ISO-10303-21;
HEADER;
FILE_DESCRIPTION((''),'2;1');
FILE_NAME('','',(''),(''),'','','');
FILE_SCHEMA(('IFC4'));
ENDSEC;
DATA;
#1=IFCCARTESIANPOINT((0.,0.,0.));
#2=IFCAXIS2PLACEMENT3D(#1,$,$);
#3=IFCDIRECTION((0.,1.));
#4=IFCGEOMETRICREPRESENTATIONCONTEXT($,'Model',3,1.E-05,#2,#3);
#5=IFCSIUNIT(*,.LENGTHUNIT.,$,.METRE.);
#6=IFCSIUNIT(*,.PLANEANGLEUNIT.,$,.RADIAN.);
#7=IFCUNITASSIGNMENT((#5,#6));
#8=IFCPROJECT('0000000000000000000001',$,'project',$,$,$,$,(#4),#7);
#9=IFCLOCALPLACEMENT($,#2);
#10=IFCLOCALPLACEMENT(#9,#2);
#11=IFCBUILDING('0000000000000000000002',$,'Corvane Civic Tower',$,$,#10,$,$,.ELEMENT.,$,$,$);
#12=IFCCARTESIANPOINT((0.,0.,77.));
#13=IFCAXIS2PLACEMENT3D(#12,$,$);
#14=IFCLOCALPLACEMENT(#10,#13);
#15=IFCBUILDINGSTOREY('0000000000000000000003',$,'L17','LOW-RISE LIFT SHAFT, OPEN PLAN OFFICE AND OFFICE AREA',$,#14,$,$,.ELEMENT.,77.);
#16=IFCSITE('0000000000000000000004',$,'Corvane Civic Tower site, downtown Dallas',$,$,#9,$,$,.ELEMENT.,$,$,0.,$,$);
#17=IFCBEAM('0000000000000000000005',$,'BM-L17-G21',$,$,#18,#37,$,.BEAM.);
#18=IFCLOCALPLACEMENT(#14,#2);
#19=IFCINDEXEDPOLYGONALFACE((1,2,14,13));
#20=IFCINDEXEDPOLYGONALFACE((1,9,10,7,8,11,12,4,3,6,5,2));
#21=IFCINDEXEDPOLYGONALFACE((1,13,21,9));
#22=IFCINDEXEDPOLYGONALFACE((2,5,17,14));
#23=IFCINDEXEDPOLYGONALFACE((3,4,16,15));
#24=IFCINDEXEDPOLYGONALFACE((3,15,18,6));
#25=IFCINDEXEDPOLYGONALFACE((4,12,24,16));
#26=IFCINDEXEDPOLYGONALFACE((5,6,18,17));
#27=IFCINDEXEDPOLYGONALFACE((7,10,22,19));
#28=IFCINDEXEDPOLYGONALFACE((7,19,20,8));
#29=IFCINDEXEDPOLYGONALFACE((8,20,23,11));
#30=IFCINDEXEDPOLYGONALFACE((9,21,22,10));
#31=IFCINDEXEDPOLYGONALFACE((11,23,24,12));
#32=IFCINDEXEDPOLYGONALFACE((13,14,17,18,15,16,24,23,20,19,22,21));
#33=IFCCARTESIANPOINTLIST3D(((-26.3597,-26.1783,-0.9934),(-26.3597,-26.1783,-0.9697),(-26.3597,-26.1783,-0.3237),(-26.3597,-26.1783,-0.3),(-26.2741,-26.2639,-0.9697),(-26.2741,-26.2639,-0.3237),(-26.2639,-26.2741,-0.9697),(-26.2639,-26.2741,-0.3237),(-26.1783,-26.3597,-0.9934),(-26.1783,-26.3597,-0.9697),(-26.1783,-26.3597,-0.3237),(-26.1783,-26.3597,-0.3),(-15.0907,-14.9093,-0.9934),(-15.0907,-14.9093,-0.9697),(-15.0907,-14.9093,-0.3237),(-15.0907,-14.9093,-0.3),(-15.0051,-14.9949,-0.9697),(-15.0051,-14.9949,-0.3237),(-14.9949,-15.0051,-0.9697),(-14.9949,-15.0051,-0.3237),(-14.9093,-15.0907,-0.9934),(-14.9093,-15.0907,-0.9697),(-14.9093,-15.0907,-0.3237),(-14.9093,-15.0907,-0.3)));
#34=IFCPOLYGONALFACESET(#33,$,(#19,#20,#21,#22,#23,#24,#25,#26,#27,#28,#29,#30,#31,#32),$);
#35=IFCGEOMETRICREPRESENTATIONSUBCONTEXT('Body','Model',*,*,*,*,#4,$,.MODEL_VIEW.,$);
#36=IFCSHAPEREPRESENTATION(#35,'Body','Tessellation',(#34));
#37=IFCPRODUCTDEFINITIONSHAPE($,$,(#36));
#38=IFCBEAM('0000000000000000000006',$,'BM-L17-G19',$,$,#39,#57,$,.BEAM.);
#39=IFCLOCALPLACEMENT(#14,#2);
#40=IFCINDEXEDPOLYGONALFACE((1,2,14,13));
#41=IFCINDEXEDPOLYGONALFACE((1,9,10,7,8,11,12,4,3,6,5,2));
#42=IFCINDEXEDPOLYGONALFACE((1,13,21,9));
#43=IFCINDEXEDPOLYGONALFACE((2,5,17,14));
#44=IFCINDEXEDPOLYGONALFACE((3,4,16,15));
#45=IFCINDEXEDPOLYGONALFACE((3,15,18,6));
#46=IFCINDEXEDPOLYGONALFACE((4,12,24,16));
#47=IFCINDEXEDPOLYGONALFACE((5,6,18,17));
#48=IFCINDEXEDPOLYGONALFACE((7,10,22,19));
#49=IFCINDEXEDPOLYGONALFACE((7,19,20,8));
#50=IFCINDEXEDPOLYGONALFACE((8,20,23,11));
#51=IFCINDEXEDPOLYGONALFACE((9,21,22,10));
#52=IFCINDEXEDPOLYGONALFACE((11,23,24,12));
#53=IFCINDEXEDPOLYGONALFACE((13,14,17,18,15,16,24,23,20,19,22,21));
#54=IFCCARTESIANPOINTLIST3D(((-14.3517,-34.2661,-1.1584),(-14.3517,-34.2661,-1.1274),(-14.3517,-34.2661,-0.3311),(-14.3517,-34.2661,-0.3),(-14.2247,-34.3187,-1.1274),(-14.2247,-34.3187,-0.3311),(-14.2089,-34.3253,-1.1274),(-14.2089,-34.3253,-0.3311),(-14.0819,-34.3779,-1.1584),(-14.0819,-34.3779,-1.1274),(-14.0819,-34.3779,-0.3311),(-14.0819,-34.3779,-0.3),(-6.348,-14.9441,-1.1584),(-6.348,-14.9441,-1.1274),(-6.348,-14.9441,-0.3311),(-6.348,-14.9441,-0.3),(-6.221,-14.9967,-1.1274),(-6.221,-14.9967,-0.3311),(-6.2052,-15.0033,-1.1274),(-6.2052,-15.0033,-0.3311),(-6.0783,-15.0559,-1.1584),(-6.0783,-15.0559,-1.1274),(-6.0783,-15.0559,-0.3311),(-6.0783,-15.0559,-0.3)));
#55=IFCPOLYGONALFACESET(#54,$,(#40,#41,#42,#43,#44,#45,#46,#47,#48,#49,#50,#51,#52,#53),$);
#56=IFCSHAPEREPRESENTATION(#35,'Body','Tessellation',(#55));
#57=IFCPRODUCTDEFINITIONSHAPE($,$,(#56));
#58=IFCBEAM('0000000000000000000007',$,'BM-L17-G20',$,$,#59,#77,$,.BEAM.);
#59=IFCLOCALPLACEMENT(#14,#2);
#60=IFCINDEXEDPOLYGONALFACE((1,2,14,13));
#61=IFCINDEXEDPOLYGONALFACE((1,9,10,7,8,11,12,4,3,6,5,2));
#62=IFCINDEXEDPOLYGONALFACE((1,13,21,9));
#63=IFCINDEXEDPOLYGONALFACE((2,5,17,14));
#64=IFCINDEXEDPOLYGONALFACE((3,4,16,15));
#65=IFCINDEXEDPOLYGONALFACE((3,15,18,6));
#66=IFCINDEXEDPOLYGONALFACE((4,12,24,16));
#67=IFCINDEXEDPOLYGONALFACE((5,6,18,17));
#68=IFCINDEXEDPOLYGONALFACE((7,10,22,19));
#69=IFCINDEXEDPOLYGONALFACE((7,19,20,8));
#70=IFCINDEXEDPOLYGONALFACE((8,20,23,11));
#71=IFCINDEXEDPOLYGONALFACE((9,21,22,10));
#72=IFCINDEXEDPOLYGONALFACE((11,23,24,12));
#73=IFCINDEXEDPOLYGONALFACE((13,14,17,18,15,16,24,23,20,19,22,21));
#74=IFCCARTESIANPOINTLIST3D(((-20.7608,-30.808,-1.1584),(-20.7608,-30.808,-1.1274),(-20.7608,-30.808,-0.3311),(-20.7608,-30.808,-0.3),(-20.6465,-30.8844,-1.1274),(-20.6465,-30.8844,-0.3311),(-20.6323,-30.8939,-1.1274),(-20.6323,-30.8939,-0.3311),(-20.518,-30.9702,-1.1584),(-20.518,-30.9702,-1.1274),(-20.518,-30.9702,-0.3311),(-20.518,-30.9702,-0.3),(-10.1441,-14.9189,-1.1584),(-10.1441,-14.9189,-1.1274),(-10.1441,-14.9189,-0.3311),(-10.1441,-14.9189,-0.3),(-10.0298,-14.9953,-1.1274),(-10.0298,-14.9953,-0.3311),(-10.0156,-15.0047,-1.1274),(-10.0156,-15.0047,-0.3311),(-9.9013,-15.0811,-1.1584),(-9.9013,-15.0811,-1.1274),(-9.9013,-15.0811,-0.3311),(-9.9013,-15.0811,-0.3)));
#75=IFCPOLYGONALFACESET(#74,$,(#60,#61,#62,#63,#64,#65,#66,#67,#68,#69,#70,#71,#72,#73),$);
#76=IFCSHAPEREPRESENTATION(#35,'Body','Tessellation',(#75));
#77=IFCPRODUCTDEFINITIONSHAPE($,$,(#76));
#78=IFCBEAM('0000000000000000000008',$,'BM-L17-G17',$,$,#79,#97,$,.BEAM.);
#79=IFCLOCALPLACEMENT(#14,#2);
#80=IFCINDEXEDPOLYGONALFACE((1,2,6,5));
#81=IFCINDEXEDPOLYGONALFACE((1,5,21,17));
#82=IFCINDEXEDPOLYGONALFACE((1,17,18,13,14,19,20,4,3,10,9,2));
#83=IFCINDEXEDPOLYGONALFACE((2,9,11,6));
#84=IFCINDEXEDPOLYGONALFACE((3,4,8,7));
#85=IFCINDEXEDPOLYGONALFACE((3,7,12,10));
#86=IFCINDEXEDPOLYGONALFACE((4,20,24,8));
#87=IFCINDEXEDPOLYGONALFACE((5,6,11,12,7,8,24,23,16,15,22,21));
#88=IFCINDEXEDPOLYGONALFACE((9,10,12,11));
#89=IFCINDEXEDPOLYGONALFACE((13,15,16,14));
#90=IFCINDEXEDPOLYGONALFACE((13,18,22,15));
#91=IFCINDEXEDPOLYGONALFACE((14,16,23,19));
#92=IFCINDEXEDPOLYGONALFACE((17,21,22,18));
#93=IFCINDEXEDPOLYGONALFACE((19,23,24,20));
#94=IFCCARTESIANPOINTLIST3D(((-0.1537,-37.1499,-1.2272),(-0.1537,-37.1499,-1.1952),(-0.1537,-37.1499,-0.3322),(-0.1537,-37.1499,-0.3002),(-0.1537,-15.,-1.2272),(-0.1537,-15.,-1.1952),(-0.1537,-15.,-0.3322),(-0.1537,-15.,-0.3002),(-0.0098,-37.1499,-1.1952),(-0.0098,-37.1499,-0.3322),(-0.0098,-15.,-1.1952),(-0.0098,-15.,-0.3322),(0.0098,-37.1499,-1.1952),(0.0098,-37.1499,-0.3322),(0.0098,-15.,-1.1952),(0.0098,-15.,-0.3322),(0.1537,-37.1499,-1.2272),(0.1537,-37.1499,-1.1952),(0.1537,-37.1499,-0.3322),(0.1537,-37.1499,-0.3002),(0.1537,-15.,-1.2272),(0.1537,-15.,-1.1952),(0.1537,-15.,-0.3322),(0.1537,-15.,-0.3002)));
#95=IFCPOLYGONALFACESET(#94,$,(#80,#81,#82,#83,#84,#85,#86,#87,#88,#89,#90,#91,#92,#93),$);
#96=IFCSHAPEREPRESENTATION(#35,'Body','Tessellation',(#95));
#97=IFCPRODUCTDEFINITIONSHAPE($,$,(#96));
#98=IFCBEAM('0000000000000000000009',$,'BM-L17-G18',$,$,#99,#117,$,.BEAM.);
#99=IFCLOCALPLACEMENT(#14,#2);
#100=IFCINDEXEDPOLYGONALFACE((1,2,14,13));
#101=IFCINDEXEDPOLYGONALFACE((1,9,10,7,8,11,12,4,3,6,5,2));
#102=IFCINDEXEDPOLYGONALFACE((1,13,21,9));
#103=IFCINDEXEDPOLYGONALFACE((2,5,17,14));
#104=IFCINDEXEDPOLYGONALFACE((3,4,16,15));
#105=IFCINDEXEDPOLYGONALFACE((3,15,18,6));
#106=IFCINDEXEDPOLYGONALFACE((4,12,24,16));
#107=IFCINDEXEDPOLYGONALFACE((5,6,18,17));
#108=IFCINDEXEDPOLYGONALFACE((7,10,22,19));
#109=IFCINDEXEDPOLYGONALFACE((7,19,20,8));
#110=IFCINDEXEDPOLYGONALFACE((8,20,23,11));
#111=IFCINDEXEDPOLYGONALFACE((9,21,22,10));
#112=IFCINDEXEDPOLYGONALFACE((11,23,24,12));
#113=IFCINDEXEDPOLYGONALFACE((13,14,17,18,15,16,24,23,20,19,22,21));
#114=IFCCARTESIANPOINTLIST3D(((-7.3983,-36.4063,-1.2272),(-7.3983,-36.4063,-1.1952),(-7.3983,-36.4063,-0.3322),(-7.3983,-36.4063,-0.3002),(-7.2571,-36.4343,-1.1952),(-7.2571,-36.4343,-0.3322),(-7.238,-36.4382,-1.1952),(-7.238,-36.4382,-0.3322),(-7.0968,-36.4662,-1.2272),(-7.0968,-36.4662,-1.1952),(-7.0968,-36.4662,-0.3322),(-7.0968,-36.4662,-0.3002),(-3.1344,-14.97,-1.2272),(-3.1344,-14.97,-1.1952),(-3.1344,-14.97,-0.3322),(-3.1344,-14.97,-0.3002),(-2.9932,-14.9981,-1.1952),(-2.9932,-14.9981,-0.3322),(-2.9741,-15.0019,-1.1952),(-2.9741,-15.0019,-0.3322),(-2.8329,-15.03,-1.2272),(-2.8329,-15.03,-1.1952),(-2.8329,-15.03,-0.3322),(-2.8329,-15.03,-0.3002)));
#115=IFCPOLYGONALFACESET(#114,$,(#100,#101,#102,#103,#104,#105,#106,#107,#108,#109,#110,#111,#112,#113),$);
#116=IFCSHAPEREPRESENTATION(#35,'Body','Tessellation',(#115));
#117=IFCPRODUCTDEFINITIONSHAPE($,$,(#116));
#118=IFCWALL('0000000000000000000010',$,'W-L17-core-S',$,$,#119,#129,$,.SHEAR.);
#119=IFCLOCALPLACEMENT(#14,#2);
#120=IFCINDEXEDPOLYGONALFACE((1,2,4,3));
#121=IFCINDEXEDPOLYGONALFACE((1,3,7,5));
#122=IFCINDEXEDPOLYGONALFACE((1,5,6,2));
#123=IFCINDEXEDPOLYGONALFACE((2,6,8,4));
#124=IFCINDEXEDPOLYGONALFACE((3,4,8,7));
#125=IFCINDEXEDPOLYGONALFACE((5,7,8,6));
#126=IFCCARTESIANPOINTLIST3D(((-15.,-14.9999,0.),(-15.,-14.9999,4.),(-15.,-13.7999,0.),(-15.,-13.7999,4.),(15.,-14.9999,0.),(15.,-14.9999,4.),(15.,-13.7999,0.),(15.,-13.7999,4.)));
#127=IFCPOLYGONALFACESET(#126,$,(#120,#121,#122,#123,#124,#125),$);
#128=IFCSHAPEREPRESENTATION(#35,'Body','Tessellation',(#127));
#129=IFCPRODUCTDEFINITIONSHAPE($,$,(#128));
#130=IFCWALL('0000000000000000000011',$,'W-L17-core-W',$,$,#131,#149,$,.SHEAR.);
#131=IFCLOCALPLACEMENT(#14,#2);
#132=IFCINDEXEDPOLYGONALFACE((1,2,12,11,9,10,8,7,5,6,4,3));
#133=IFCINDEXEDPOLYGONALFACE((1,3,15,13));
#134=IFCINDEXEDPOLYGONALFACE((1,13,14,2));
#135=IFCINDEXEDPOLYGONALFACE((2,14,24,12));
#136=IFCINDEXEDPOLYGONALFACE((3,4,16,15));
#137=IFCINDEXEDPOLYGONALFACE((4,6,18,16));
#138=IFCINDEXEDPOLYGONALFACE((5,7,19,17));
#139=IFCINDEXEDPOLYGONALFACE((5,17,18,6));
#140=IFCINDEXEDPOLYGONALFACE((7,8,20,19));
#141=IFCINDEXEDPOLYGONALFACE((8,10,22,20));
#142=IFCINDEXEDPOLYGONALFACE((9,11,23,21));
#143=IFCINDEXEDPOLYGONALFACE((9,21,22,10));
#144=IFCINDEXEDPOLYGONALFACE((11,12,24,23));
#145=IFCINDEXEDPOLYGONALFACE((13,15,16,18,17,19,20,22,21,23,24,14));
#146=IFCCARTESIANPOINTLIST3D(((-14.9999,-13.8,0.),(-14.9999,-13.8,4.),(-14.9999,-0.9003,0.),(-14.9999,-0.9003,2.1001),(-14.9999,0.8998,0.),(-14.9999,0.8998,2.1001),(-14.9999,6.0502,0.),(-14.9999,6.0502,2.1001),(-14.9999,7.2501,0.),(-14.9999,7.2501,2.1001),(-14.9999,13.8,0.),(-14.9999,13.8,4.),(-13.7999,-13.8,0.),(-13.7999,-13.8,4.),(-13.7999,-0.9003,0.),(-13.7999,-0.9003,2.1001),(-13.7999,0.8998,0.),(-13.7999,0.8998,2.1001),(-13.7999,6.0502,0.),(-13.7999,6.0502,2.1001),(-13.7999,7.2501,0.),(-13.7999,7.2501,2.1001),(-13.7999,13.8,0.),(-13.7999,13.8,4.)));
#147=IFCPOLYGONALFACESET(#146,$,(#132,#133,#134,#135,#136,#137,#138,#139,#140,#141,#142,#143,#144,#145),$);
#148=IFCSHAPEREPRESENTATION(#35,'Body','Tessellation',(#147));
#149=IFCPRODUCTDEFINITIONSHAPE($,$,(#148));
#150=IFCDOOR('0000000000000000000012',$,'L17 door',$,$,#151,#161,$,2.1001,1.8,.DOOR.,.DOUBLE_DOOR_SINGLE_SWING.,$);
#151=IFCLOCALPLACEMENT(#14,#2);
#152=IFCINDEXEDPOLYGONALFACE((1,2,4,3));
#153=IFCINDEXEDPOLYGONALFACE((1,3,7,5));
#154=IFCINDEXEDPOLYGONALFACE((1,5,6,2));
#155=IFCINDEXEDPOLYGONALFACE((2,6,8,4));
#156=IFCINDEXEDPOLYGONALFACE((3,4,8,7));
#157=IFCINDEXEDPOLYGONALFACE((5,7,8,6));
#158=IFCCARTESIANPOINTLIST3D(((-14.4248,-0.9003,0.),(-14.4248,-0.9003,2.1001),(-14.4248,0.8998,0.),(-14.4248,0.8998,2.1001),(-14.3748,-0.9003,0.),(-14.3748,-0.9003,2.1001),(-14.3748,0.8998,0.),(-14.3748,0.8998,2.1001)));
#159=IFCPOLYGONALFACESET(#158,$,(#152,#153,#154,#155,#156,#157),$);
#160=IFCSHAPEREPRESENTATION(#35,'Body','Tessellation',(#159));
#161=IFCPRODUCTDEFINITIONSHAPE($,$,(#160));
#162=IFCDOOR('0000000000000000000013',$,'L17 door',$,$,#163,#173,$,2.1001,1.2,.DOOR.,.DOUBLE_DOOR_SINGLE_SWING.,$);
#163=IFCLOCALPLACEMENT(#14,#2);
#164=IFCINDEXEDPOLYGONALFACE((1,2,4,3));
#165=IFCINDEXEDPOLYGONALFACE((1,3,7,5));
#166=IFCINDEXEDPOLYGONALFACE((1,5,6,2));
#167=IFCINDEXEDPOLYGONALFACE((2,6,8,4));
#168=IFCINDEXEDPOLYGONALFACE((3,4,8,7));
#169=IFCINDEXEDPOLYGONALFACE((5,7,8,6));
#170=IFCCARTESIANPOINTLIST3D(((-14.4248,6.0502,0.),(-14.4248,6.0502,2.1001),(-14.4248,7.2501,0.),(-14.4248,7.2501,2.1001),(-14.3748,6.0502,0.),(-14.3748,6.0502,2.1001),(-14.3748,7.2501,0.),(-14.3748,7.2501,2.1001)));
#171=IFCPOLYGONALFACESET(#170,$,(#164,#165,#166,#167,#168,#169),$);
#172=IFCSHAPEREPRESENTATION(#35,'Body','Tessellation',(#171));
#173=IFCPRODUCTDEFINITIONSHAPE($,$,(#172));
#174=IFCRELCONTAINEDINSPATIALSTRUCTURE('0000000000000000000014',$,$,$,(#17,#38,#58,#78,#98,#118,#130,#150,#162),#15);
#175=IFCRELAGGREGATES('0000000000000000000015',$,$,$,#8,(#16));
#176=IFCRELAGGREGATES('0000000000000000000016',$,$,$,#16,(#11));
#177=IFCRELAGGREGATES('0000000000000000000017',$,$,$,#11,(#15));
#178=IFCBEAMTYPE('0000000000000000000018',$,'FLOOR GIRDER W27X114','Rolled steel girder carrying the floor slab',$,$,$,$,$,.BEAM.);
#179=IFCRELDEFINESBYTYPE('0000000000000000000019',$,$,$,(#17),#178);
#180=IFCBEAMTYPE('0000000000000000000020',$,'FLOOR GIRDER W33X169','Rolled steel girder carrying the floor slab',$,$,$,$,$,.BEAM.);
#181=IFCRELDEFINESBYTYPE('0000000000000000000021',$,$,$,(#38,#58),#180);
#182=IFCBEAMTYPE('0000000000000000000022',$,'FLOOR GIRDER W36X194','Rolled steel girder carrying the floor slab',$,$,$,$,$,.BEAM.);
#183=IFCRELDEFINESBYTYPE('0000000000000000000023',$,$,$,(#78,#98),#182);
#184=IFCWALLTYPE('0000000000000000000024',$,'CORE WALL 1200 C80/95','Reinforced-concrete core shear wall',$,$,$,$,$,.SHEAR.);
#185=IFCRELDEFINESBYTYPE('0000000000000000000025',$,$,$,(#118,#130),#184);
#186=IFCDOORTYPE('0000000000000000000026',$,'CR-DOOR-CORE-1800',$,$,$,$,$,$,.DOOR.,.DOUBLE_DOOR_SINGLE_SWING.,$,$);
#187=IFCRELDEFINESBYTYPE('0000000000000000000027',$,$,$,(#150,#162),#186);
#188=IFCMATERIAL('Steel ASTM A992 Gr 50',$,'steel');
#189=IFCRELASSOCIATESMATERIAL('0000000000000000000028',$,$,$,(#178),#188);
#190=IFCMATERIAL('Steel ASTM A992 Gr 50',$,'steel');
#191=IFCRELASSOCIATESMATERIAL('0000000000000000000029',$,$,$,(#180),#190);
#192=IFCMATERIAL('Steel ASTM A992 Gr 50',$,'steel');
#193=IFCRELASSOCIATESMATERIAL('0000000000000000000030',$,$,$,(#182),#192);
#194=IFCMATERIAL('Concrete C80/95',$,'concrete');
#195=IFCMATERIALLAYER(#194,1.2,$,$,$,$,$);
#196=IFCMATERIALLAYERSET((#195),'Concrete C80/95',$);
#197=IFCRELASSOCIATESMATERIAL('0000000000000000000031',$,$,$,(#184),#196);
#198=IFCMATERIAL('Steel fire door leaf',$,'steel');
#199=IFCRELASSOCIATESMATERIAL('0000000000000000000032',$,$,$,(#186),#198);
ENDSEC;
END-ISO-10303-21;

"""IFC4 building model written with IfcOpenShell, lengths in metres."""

from ifc_helpers import new_model, si_unit, direction, frame, frame_2d, origin, origin_2d, place, context, subcontext, project, spatial, rectangle, i_section, extrude, material, layer, layer_set, material_profile, profile_set, type_object, element, fill, save


model = new_model("IFC4")

# Units and contexts
model_context = context("Model", 3, precision=1e-05, world=origin(), true_north=direction((0.0, 1.0)))
body_context = subcontext(model_context, "Body", "Model", "MODEL_VIEW")
ifc_project = project(units=[si_unit("LENGTHUNIT", "METRE"), si_unit("PLANEANGLEUNIT", "RADIAN")], contexts=[model_context])

# Site, building, storey
site_placement = place(None, origin())
site = spatial("IfcSite", under=ifc_project, at=site_placement, Name="Corvane Civic Tower site, downtown Dallas", CompositionType="ELEMENT", RefElevation=0.0)
building_placement = place(site_placement, origin())
building = spatial("IfcBuilding", under=site, at=building_placement, Name="Corvane Civic Tower", CompositionType="ELEMENT")
storey_placement = place(building_placement, frame((0.0, 0.0, 77.0)))
storey = spatial("IfcBuildingStorey", under=building, at=storey_placement, Name="L17", Description="LOW-RISE LIFT SHAFT, OPEN PLAN OFFICE AND OFFICE AREA", CompositionType="ELEMENT", Elevation=77.0)

# Beams
ifc_material_1 = material(Name="Steel ASTM A992 Gr 50", Category="steel")
ifc_material_profile_1 = material_profile(ifc_material_1, i_section(OverallWidth=0.2566, OverallDepth=0.6934, WebThickness=0.0144, FlangeThickness=0.0237, at=origin_2d()), Name="W27X114")
ifc_profile_set_1 = profile_set([ifc_material_profile_1], Name="Steel ASTM A992 Gr 50")
beam_type_1 = type_object("IfcBeamType", Name="FLOOR GIRDER W27X114", Description="Rolled steel girder carrying the floor slab", PredefinedType="BEAM", material=ifc_profile_set_1)
beam_1_placement = place(storey_placement, frame((-15.0, -15.0, -0.6467), z_axis=(-0.707107, -0.707107, 0.0), x_axis=(0.707107, -0.707107, 0.0)))
element("IfcBeam", 1, at=beam_1_placement, inside=storey, type_object=beam_type_1, Name="BM-L17-G21", PredefinedType="BEAM", context=body_context, shape_type="SweptSolid", body=[
    extrude(i_section(OverallWidth=0.2566, OverallDepth=0.6934, WebThickness=0.0144, FlangeThickness=0.0237, at=origin_2d()), origin(), (0.0, 0.0, 1.0), 15.9368),
])
ifc_material_2 = material(Name="Steel ASTM A992 Gr 50", Category="steel")
ifc_material_profile_2 = material_profile(ifc_material_2, i_section(OverallWidth=0.292, OverallDepth=0.8584, WebThickness=0.0171, FlangeThickness=0.031, at=origin_2d()), Name="W33X169")
ifc_profile_set_2 = profile_set([ifc_material_profile_2], Name="Steel ASTM A992 Gr 50")
beam_type_2 = type_object("IfcBeamType", Name="FLOOR GIRDER W33X169", Description="Rolled steel girder carrying the floor slab", PredefinedType="BEAM", material=ifc_profile_set_2)
beam_2_placement = place(storey_placement, frame((-6.2131, -15.0, -0.7292), z_axis=(-0.382692, -0.923876, 0.0), x_axis=(0.923876, -0.382692, 0.0)))
element("IfcBeam", 2, at=beam_2_placement, inside=storey, type_object=beam_type_2, Name="BM-L17-G19", PredefinedType="BEAM", context=body_context, shape_type="SweptSolid", body=[
    extrude(i_section(OverallWidth=0.292, OverallDepth=0.8584, WebThickness=0.0171, FlangeThickness=0.031, at=origin_2d()), origin(), (0.0, 0.0, 1.0), 20.9141),
])
beam_3_placement = place(storey_placement, frame((-10.0227, -15.0, -0.7292), z_axis=(-0.555567, -0.831472, 0.0), x_axis=(0.831472, -0.555567, 0.0)))
element("IfcBeam", 3, at=beam_3_placement, inside=storey, type_object=beam_type_2, Name="BM-L17-G20", PredefinedType="BEAM", context=body_context, shape_type="SweptSolid", body=[
    extrude(i_section(OverallWidth=0.292, OverallDepth=0.8584, WebThickness=0.0171, FlangeThickness=0.031, at=origin_2d()), origin(), (0.0, 0.0, 1.0), 19.1096),
])
ifc_material_3 = material(Name="Steel ASTM A992 Gr 50", Category="steel")
ifc_material_profile_3 = material_profile(ifc_material_3, i_section(OverallWidth=0.3074, OverallDepth=0.927, WebThickness=0.0195, FlangeThickness=0.032, at=origin_2d()), Name="W36X194")
ifc_profile_set_3 = profile_set([ifc_material_profile_3], Name="Steel ASTM A992 Gr 50")
beam_type_3 = type_object("IfcBeamType", Name="FLOOR GIRDER W36X194", Description="Rolled steel girder carrying the floor slab", PredefinedType="BEAM", material=ifc_profile_set_3)
beam_4_placement = place(storey_placement, frame((0.0, -15.0, -0.7637), z_axis=(0.0, -1.0, 0.0), x_axis=(1.0, 0.0, 0.0)))
element("IfcBeam", 4, at=beam_4_placement, inside=storey, type_object=beam_type_3, Name="BM-L17-G17", PredefinedType="BEAM", context=body_context, shape_type="SweptSolid", body=[
    extrude(i_section(OverallWidth=0.3074, OverallDepth=0.927, WebThickness=0.0195, FlangeThickness=0.032, at=origin_2d()), origin(), (0.0, 0.0, 1.0), 22.1499),
])
beam_5_placement = place(storey_placement, frame((-2.9836, -15.0, -0.7637), z_axis=(-0.195089, -0.980785, 0.0), x_axis=(0.980785, -0.195089, 0.0)))
element("IfcBeam", 5, at=beam_5_placement, inside=storey, type_object=beam_type_3, Name="BM-L17-G18", PredefinedType="BEAM", context=body_context, shape_type="SweptSolid", body=[
    extrude(i_section(OverallWidth=0.3074, OverallDepth=0.927, WebThickness=0.0195, FlangeThickness=0.032, at=origin_2d()), origin(), (0.0, 0.0, 1.0), 21.8562),
])

# Wall
ifc_material_4 = material(Name="Concrete C80/95", Category="concrete")
ifc_layer_1 = layer(ifc_material_4, 1.2)
ifc_layer_set_1 = layer_set([ifc_layer_1], Name="Concrete C80/95")
wall_type_1 = type_object("IfcWallType", Name="CORE WALL 1200 C80/95", Description="Reinforced-concrete core shear wall", PredefinedType="SHEAR", material=ifc_layer_set_1)
wall_1_placement = place(storey_placement, frame((-15.0, -14.3999, 0.0), z_axis=(0.0, 0.0, 1.0), x_axis=(1.0, 0.0, 0.0)))
element("IfcWall", 6, at=wall_1_placement, inside=storey, type_object=wall_type_1, Name="W-L17-core-S", PredefinedType="SHEAR", context=body_context, shape_type="SweptSolid", body=[
    extrude(rectangle(XDim=30.0, YDim=1.2, at=frame_2d((15.0, 0.0))), origin(), (0.0, 0.0, 1.0), 4.0),
])

# Wall, openings, doors
wall_2_placement = place(storey_placement, frame((-14.3999, -13.8, 0.0), z_axis=(0.0, 0.0, 1.0), x_axis=(0.0, 1.0, 0.0)))
wall_2 = element("IfcWall", 7, at=wall_2_placement, inside=storey, type_object=wall_type_1, Name="W-L17-core-W", PredefinedType="SHEAR", context=body_context, shape_type="SweptSolid", body=[
    extrude(rectangle(XDim=27.6001, YDim=1.2, at=frame_2d((13.8, 0.0))), origin(), (0.0, 0.0, 1.0), 4.0),
])
opening_1_placement = place(wall_2_placement, frame((12.8999, 0.0, 0.0)))
opening_1 = element("IfcOpeningElement", 8, at=opening_1_placement, cuts=wall_2, PredefinedType="OPENING", context=body_context, shape_type="SweptSolid", body=[
    extrude(rectangle(XDim=1.8, YDim=2.1001, at=frame_2d((0.8999, 1.05))), frame((0.0, 0.6099, 0.0), z_axis=(0.0, -1.0, 0.0), x_axis=(1.0, 0.0, 0.0)), (0.0, 0.0, 1.0), 1.22),
])
opening_2_placement = place(wall_2_placement, frame((19.8501, 0.0, 0.0)))
opening_2 = element("IfcOpeningElement", 9, at=opening_2_placement, cuts=wall_2, PredefinedType="OPENING", context=body_context, shape_type="SweptSolid", body=[
    extrude(rectangle(XDim=1.2, YDim=2.1001, at=frame_2d((0.6001, 1.05))), frame((0.0, 0.6099, 0.0), z_axis=(0.0, -1.0, 0.0), x_axis=(1.0, 0.0, 0.0)), (0.0, 0.0, 1.0), 1.22),
])
ifc_material_5 = material(Name="Steel fire door leaf", Category="steel")
door_type_1 = type_object("IfcDoorType", Name="CR-DOOR-CORE-1800", OperationType="DOUBLE_DOOR_SINGLE_SWING", PredefinedType="DOOR", material=ifc_material_5)
door_1_placement = place(opening_1_placement, origin())
door_1 = element("IfcDoor", 10, at=door_1_placement, inside=storey, type_object=door_type_1, Name="L17 door", OperationType="DOUBLE_DOOR_SINGLE_SWING", OverallHeight=2.1001, OverallWidth=1.8, PredefinedType="DOOR", context=body_context, shape_type="SweptSolid", body=[
    extrude(rectangle(XDim=1.8, YDim=2.1001, at=frame_2d((0.8999, 1.05))), frame((0.0, 0.0249, 0.0), z_axis=(0.0, -1.0, 0.0), x_axis=(1.0, 0.0, 0.0)), (0.0, 0.0, 1.0), 0.05),
])
fill(opening_1, door_1)
door_2_placement = place(opening_2_placement, origin())
door_2 = element("IfcDoor", 11, at=door_2_placement, inside=storey, type_object=door_type_1, Name="L17 door", OperationType="DOUBLE_DOOR_SINGLE_SWING", OverallHeight=2.1001, OverallWidth=1.2, PredefinedType="DOOR", context=body_context, shape_type="SweptSolid", body=[
    extrude(rectangle(XDim=1.2, YDim=2.1001, at=frame_2d((0.6001, 1.05))), frame((0.0, 0.0249, 0.0), z_axis=(0.0, -1.0, 0.0), x_axis=(1.0, 0.0, 0.0)), (0.0, 0.0, 1.0), 0.05),
])
fill(opening_2, door_2)

save(model, "model.ifc")
